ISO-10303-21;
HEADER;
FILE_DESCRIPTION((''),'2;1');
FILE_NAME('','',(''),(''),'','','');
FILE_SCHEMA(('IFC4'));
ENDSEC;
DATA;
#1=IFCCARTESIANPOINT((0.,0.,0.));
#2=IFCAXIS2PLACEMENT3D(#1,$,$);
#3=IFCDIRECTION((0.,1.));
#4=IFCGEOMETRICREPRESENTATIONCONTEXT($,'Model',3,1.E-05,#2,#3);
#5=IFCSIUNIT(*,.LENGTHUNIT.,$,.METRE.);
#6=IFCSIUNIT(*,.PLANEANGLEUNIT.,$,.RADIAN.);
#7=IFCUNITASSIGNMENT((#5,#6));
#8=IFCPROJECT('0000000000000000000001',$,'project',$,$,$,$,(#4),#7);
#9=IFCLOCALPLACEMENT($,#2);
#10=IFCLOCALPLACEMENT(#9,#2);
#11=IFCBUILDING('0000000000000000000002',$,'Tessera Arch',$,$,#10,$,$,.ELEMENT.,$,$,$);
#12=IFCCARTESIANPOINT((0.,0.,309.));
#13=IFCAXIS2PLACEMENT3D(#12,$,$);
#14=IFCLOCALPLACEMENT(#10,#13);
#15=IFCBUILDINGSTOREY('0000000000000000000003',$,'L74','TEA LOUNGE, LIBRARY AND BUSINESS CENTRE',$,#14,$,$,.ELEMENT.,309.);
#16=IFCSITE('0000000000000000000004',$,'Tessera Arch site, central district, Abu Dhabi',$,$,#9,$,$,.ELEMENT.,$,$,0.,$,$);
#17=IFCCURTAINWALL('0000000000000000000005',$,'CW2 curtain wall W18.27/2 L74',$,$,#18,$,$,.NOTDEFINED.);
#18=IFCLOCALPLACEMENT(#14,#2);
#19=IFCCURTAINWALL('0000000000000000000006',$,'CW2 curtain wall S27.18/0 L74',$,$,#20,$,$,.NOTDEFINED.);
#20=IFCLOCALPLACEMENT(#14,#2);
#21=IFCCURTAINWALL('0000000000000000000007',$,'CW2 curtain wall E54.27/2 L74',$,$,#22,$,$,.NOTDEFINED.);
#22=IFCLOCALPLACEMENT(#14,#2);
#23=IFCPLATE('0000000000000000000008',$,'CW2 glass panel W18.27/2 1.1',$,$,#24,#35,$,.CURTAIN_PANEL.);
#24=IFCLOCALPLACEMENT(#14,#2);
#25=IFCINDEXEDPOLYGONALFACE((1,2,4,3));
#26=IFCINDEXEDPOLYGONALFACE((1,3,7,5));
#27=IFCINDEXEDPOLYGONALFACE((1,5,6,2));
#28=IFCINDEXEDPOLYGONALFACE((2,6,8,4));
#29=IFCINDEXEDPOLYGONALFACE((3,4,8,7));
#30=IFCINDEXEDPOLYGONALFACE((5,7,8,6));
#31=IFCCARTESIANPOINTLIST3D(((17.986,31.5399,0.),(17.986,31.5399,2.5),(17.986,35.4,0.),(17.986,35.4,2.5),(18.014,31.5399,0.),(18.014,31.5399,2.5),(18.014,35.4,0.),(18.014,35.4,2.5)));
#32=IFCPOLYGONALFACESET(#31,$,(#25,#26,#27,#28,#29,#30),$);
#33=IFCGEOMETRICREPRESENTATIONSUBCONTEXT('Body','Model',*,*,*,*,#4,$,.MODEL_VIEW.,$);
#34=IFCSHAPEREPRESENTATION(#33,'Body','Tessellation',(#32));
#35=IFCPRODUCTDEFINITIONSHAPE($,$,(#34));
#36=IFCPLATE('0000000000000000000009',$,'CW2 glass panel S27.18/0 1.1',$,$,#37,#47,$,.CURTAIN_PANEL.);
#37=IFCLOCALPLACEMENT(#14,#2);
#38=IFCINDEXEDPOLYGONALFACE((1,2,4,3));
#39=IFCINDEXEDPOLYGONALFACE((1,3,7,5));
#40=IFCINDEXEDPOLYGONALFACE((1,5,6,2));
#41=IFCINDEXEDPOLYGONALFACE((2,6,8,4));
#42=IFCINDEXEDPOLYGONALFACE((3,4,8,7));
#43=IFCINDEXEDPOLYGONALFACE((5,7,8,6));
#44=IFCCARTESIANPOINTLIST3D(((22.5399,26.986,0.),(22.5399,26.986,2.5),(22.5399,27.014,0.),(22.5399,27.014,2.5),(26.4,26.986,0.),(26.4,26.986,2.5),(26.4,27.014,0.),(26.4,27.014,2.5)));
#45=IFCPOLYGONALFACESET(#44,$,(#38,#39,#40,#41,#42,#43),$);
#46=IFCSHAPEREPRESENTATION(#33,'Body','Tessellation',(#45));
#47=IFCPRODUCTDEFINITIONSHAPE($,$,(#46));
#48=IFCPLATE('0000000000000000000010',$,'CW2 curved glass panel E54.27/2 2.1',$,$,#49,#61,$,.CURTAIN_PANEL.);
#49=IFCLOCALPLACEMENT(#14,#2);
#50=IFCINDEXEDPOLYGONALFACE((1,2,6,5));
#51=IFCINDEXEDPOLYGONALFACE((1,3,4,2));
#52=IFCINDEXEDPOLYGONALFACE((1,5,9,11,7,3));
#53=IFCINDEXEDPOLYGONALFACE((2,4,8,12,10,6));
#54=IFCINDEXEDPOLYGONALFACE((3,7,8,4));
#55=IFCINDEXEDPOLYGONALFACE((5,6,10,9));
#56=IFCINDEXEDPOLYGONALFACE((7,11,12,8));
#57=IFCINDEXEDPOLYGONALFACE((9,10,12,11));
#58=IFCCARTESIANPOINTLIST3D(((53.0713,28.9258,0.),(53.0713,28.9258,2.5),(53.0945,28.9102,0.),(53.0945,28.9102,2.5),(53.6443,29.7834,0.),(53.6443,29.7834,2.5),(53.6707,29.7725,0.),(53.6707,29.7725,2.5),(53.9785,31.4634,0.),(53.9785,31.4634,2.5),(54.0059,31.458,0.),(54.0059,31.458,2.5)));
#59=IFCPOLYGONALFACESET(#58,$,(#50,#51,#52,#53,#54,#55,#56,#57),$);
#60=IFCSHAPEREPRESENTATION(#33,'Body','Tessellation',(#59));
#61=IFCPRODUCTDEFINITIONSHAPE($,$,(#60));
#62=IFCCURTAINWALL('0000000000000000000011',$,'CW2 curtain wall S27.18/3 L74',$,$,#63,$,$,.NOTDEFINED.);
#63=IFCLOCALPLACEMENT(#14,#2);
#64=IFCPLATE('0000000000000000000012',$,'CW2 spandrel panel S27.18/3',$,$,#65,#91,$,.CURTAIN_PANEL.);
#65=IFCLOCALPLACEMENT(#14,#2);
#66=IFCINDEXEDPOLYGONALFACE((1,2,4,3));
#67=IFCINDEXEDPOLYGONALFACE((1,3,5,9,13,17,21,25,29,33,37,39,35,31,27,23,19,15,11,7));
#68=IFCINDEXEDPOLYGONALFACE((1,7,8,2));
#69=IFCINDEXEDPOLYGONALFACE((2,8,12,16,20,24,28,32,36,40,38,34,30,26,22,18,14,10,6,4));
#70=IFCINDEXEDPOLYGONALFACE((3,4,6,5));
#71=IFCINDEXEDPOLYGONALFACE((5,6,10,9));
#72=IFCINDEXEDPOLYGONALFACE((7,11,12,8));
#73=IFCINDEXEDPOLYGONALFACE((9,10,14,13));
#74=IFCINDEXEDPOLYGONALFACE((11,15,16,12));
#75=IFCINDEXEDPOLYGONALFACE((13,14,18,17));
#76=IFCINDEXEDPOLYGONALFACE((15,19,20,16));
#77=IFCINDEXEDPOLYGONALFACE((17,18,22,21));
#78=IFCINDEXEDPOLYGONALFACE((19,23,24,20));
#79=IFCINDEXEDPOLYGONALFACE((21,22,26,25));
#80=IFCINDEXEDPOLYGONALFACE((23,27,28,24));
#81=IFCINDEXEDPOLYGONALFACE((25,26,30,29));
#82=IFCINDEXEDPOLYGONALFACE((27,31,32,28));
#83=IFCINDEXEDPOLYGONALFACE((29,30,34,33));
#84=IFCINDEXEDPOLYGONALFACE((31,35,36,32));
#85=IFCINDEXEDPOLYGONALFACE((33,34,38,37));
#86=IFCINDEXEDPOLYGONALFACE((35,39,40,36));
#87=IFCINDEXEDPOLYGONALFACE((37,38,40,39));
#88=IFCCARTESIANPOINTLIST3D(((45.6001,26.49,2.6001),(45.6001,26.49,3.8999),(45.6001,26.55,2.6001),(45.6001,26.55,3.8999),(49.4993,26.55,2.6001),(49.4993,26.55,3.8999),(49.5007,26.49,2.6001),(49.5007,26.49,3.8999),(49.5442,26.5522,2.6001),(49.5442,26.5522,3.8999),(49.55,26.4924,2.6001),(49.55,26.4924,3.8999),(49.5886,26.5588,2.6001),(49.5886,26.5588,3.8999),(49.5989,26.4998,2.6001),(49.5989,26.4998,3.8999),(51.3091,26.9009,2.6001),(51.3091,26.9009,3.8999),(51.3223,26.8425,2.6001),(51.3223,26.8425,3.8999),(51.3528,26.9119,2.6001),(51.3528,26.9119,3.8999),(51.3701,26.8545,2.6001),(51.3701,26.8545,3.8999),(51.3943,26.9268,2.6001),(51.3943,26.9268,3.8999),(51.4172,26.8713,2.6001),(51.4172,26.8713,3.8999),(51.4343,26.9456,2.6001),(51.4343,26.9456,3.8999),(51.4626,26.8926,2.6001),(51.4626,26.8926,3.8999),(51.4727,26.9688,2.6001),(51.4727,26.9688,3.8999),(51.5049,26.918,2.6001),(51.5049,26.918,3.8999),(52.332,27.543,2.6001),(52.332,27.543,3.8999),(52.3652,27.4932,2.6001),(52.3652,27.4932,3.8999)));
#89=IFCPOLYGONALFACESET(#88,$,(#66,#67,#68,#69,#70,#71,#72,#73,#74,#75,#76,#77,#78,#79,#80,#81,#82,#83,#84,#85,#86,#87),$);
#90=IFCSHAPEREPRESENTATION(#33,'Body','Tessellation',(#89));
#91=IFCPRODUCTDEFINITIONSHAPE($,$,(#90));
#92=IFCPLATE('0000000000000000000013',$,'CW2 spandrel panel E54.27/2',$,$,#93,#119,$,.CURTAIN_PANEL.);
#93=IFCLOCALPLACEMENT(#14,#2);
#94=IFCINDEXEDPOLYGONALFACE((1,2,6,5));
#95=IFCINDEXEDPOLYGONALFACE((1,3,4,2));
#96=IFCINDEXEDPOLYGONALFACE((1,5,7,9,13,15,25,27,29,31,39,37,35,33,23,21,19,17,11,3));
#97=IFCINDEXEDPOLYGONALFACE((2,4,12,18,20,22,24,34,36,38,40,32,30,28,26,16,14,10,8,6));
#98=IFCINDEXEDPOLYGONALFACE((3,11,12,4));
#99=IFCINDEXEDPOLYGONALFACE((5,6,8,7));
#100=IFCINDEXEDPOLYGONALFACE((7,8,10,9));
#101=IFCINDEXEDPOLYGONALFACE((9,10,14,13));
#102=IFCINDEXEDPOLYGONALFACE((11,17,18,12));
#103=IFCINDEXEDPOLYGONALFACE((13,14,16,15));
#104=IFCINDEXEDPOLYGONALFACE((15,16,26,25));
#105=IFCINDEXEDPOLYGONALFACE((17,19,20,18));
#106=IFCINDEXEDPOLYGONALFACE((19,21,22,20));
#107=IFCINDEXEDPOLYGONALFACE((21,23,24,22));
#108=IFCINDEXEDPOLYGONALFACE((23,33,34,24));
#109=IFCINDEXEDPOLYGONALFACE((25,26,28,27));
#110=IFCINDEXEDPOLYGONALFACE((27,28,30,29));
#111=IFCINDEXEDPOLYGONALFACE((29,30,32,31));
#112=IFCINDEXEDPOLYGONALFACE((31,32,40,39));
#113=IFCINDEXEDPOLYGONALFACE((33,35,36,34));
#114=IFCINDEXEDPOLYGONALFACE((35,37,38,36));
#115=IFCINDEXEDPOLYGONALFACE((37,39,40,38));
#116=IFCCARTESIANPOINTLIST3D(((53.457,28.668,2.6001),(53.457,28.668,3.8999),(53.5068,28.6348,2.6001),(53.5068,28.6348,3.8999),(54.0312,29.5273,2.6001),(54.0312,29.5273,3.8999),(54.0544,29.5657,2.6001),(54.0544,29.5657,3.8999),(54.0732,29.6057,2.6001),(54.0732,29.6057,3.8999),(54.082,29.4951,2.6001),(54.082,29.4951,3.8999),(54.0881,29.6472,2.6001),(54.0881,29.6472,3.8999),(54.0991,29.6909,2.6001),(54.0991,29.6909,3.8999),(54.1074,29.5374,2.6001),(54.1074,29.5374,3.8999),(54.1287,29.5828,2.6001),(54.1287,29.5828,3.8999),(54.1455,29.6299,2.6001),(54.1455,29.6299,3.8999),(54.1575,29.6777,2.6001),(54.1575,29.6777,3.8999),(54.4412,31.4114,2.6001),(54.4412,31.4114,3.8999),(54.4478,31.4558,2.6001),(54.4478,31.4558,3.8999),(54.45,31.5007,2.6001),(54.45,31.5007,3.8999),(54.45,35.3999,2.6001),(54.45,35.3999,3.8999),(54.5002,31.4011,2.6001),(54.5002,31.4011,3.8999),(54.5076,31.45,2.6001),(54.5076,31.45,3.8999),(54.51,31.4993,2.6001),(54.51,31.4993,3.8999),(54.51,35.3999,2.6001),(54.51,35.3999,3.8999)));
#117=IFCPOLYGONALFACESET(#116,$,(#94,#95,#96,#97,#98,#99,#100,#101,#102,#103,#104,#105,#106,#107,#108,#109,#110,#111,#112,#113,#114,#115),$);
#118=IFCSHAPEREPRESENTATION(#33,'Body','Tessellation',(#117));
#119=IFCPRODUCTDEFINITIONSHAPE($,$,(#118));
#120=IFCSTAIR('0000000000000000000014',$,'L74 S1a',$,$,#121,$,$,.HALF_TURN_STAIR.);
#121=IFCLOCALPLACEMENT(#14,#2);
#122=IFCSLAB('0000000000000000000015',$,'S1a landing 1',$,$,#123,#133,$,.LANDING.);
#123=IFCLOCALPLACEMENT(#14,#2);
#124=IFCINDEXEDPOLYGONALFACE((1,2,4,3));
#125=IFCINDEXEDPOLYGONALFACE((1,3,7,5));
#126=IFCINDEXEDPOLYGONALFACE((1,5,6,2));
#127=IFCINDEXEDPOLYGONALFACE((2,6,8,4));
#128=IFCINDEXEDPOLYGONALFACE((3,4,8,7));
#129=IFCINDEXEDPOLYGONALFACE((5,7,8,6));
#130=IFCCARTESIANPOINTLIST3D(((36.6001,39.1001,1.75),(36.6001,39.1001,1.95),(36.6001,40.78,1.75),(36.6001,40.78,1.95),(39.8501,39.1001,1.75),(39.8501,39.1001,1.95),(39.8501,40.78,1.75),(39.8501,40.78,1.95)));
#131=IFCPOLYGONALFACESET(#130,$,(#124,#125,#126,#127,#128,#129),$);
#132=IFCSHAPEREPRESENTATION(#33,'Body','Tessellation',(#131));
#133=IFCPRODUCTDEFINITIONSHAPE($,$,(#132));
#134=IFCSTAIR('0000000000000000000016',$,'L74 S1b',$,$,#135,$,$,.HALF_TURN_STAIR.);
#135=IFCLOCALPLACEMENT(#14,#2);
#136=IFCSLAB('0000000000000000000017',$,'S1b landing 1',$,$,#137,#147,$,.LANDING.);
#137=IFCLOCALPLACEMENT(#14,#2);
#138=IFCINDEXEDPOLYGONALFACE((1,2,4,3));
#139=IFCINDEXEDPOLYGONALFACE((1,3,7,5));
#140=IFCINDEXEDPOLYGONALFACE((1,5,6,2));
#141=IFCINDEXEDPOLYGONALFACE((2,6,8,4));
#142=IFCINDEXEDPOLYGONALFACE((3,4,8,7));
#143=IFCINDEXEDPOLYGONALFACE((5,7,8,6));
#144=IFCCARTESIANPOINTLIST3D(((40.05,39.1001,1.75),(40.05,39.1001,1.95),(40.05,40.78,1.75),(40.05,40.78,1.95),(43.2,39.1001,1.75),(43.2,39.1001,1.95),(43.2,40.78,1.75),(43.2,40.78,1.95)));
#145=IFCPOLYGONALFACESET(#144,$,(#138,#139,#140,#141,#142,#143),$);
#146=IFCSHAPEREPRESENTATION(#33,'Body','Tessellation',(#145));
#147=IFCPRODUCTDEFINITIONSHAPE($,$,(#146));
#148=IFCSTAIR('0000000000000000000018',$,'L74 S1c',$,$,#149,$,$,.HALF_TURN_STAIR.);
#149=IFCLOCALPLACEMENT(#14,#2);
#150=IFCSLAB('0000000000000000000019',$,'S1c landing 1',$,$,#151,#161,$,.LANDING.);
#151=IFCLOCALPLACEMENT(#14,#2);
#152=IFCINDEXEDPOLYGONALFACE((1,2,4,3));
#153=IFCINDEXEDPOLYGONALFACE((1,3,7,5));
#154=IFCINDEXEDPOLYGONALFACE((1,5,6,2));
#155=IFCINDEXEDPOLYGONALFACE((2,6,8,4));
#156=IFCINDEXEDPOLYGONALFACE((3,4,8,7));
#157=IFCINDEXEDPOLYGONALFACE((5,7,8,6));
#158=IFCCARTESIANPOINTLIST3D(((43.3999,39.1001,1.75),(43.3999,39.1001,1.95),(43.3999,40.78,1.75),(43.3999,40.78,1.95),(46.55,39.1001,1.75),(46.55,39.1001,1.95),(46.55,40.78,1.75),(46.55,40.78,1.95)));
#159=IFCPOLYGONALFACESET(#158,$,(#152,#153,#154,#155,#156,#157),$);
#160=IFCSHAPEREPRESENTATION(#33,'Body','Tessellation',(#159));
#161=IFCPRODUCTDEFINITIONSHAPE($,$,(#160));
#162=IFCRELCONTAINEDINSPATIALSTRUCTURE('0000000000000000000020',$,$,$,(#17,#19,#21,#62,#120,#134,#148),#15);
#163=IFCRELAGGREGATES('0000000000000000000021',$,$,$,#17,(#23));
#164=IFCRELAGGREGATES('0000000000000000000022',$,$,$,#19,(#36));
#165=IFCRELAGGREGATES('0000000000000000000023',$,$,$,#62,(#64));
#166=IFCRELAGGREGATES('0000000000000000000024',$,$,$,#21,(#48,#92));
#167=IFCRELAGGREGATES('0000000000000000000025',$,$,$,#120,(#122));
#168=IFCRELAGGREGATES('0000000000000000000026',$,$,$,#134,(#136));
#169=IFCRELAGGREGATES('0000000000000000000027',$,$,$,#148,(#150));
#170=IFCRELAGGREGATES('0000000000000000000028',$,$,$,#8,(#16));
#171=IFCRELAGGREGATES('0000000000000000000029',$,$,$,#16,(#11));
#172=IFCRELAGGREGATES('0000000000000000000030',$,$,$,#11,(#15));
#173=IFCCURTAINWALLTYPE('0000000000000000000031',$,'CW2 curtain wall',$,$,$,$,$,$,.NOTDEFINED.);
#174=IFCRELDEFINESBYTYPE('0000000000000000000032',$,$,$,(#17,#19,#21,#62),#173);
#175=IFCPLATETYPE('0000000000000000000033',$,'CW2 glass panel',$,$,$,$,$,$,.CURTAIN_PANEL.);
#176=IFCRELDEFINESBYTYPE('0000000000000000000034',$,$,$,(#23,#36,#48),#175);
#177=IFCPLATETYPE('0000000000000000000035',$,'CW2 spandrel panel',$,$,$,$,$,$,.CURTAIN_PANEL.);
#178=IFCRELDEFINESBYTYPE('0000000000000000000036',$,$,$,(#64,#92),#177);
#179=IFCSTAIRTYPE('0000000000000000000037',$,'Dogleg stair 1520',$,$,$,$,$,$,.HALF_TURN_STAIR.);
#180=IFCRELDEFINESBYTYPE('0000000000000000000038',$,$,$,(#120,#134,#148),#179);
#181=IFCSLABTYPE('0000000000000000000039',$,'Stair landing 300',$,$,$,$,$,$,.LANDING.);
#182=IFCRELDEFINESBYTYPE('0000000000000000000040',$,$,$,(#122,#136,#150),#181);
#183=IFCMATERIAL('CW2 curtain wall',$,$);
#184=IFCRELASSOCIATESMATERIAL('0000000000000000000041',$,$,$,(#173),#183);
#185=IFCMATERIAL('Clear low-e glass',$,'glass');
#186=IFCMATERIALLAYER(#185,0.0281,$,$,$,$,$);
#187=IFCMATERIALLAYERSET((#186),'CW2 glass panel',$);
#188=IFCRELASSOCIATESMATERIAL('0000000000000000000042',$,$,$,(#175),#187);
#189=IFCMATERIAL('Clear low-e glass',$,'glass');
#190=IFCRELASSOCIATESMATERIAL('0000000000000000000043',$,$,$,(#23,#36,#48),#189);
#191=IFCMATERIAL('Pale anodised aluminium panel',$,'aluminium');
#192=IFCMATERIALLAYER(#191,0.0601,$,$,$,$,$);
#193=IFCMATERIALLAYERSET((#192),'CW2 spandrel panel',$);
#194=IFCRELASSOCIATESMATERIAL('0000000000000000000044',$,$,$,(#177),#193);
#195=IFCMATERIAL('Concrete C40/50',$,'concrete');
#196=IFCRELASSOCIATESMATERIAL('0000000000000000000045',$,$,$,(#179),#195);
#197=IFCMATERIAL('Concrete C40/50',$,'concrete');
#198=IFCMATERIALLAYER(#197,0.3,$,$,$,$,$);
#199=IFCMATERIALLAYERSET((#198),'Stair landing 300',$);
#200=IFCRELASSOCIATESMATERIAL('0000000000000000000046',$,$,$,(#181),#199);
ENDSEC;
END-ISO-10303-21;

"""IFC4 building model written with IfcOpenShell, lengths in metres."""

from ifc_helpers import new_model, si_unit, direction, frame, origin, origin_2d, place, context, subcontext, project, spatial, polyline, rectangle, outline, extrude, material, layer, layer_set, type_object, element, aggregate, save


model = new_model("IFC4")

# Units and contexts
model_context = context("Model", 3, precision=1e-05, world=origin(), true_north=direction((0.0, 1.0)))
body_context = subcontext(model_context, "Body", "Model", "MODEL_VIEW")
ifc_project = project(units=[si_unit("LENGTHUNIT", "METRE"), si_unit("PLANEANGLEUNIT", "RADIAN")], contexts=[model_context])

# Site, building, storey
site_placement = place(None, origin())
site = spatial("IfcSite", under=ifc_project, at=site_placement, Name="Tessera Arch site, central district, Abu Dhabi", CompositionType="ELEMENT", RefElevation=0.0)
building_placement = place(site_placement, origin())
building = spatial("IfcBuilding", under=site, at=building_placement, Name="Tessera Arch", CompositionType="ELEMENT")
storey_placement = place(building_placement, frame((0.0, 0.0, 309.0)))
storey = spatial("IfcBuildingStorey", under=building, at=storey_placement, Name="L74", Description="TEA LOUNGE, LIBRARY AND BUSINESS CENTRE", CompositionType="ELEMENT", Elevation=309.0)

# Curtain walls
ifc_material_1 = material(Name="CW2 curtain wall")
curtain_wall_type_1 = type_object("IfcCurtainWallType", Name="CW2 curtain wall", PredefinedType="NOTDEFINED", material=ifc_material_1)
curtain_wall_1_placement = place(storey_placement, origin())
curtain_wall_1 = element("IfcCurtainWall", 1, at=curtain_wall_1_placement, inside=storey, type_object=curtain_wall_type_1, Name="CW2 curtain wall W18.27/2 L74", PredefinedType="NOTDEFINED")
curtain_wall_2_placement = place(storey_placement, origin())
curtain_wall_2 = element("IfcCurtainWall", 2, at=curtain_wall_2_placement, inside=storey, type_object=curtain_wall_type_1, Name="CW2 curtain wall S27.18/0 L74", PredefinedType="NOTDEFINED")
curtain_wall_3_placement = place(storey_placement, origin())
curtain_wall_3 = element("IfcCurtainWall", 3, at=curtain_wall_3_placement, inside=storey, type_object=curtain_wall_type_1, Name="CW2 curtain wall E54.27/2 L74", PredefinedType="NOTDEFINED")

# Plates
ifc_material_2 = material(Name="Clear low-e glass", Category="glass")
ifc_material_3 = material(Name="Clear low-e glass", Category="glass")
ifc_layer_1 = layer(ifc_material_3, 0.0281)
ifc_layer_set_1 = layer_set([ifc_layer_1], Name="CW2 glass panel")
plate_type_1 = type_object("IfcPlateType", Name="CW2 glass panel", PredefinedType="CURTAIN_PANEL", material=ifc_layer_set_1)
plate_1_placement = place(storey_placement, frame((18.0, 33.47, 0.0), z_axis=(0.0, 0.0, 1.0), x_axis=(0.0, -1.0, 0.0)))
plate_1 = element("IfcPlate", 4, at=plate_1_placement, type_object=plate_type_1, material=ifc_material_2, Name="CW2 glass panel W18.27/2 1.1", PredefinedType="CURTAIN_PANEL", context=body_context, shape_type="SweptSolid", body=[
    extrude(rectangle(XDim=3.8601, YDim=0.0281, at=origin_2d()), origin(), (0.0, 0.0, 1.0), 2.5),
])
aggregate(curtain_wall_1, [plate_1])
plate_2_placement = place(storey_placement, frame((24.47, 27.0, 0.0), z_axis=(0.0, 0.0, 1.0), x_axis=(1.0, 0.0, 0.0)))
plate_2 = element("IfcPlate", 5, at=plate_2_placement, type_object=plate_type_1, material=ifc_material_2, Name="CW2 glass panel S27.18/0 1.1", PredefinedType="CURTAIN_PANEL", context=body_context, shape_type="SweptSolid", body=[
    extrude(rectangle(XDim=3.8601, YDim=0.0281, at=origin_2d()), origin(), (0.0, 0.0, 1.0), 2.5),
])
aggregate(curtain_wall_2, [plate_2])
plate_3_placement = place(storey_placement, origin())
plate_3 = element("IfcPlate", 6, at=plate_3_placement, type_object=plate_type_1, material=ifc_material_2, Name="CW2 curved glass panel E54.27/2 2.1", PredefinedType="CURTAIN_PANEL", context=body_context, shape_type="SweptSolid", body=[
    extrude(outline(polyline([(53.6443, 29.7834), (53.0713, 28.9258), (53.0945, 28.9102), (53.6707, 29.7725), (54.0059, 31.458), (53.9785, 31.4634), (53.6443, 29.7834)])), origin(), (0.0, 0.0, 1.0), 2.5),
])

# Curtain wall, plate
curtain_wall_4_placement = place(storey_placement, origin())
curtain_wall_4 = element("IfcCurtainWall", 7, at=curtain_wall_4_placement, inside=storey, type_object=curtain_wall_type_1, Name="CW2 curtain wall S27.18/3 L74", PredefinedType="NOTDEFINED")
ifc_material_4 = material(Name="Pale anodised aluminium panel", Category="aluminium")
ifc_layer_2 = layer(ifc_material_4, 0.0601)
ifc_layer_set_2 = layer_set([ifc_layer_2], Name="CW2 spandrel panel")
plate_type_2 = type_object("IfcPlateType", Name="CW2 spandrel panel", PredefinedType="CURTAIN_PANEL", material=ifc_layer_set_2)
plate_4_placement = place(storey_placement, frame((0.0, 0.0, 2.6001)))
plate_4 = element("IfcPlate", 8, at=plate_4_placement, type_object=plate_type_2, Name="CW2 spandrel panel S27.18/3", PredefinedType="CURTAIN_PANEL", context=body_context, shape_type="SweptSolid", body=[
    extrude(outline(polyline([(49.4993, 26.55), (45.6001, 26.55), (45.6001, 26.49), (49.5007, 26.49), (49.55, 26.4924), (49.5989, 26.4998), (51.3223, 26.8425), (51.3701, 26.8545), (51.4172, 26.8713), (51.4626, 26.8926), (51.5049, 26.918), (52.3652, 27.4932), (52.332, 27.543), (51.4727, 26.9688), (51.4343, 26.9456), (51.3943, 26.9268), (51.3528, 26.9119), (51.3091, 26.9009), (49.5886, 26.5588), (49.5442, 26.5522), (49.4993, 26.55)])), origin(), (0.0, 0.0, 1.0), 1.2998),
])
aggregate(curtain_wall_4, [plate_4])

# Plate
plate_5_placement = place(storey_placement, frame((0.0, 0.0, 2.6001)))
plate_5 = element("IfcPlate", 9, at=plate_5_placement, type_object=plate_type_2, Name="CW2 spandrel panel E54.27/2", PredefinedType="CURTAIN_PANEL", context=body_context, shape_type="SweptSolid", body=[
    extrude(outline(polyline([(54.0312, 29.5273), (53.457, 28.668), (53.5068, 28.6348), (54.082, 29.4951), (54.1074, 29.5374), (54.1287, 29.5828), (54.1455, 29.6299), (54.1575, 29.6777), (54.5002, 31.4011), (54.5076, 31.45), (54.51, 31.4993), (54.51, 35.3999), (54.45, 35.3999), (54.45, 31.5007), (54.4478, 31.4558), (54.4412, 31.4114), (54.0991, 29.6909), (54.0881, 29.6472), (54.0732, 29.6057), (54.0544, 29.5657), (54.0312, 29.5273)])), origin(), (0.0, 0.0, 1.0), 1.2998),
])
aggregate(curtain_wall_3, [plate_3, plate_5])

# Stairs, slabs
ifc_material_5 = material(Name="Concrete C40/50", Category="concrete")
stair_type = type_object("IfcStairType", Name="Dogleg stair 1520", PredefinedType="HALF_TURN_STAIR", material=ifc_material_5)
stair_1_placement = place(storey_placement, origin())
stair_1 = element("IfcStair", 10, at=stair_1_placement, inside=storey, type_object=stair_type, Name="L74 S1a", PredefinedType="HALF_TURN_STAIR")
ifc_material_6 = material(Name="Concrete C40/50", Category="concrete")
ifc_layer_3 = layer(ifc_material_6, 0.3)
ifc_layer_set_3 = layer_set([ifc_layer_3], Name="Stair landing 300")
slab_type = type_object("IfcSlabType", Name="Stair landing 300", PredefinedType="LANDING", material=ifc_layer_set_3)
slab_1_placement = place(storey_placement, frame((0.0, 0.0, 1.75)))
slab_1 = element("IfcSlab", 11, at=slab_1_placement, type_object=slab_type, Name="S1a landing 1", PredefinedType="LANDING", context=body_context, shape_type="SweptSolid", body=[
    extrude(outline(polyline([(36.6001, 40.78), (36.6001, 39.1001), (39.8501, 39.1001), (39.8501, 40.78), (36.6001, 40.78)])), origin(), (0.0, 0.0, 1.0), 0.2),
])
aggregate(stair_1, [slab_1])
stair_2_placement = place(storey_placement, origin())
stair_2 = element("IfcStair", 12, at=stair_2_placement, inside=storey, type_object=stair_type, Name="L74 S1b", PredefinedType="HALF_TURN_STAIR")
slab_2_placement = place(storey_placement, frame((0.0, 0.0, 1.75)))
slab_2 = element("IfcSlab", 13, at=slab_2_placement, type_object=slab_type, Name="S1b landing 1", PredefinedType="LANDING", context=body_context, shape_type="SweptSolid", body=[
    extrude(outline(polyline([(40.05, 40.78), (40.05, 39.1001), (43.2, 39.1001), (43.2, 40.78), (40.05, 40.78)])), origin(), (0.0, 0.0, 1.0), 0.2),
])
aggregate(stair_2, [slab_2])
stair_3_placement = place(storey_placement, origin())
stair_3 = element("IfcStair", 14, at=stair_3_placement, inside=storey, type_object=stair_type, Name="L74 S1c", PredefinedType="HALF_TURN_STAIR")
slab_3_placement = place(storey_placement, frame((0.0, 0.0, 1.75)))
slab_3 = element("IfcSlab", 15, at=slab_3_placement, type_object=slab_type, Name="S1c landing 1", PredefinedType="LANDING", context=body_context, shape_type="SweptSolid", body=[
    extrude(outline(polyline([(43.3999, 40.78), (43.3999, 39.1001), (46.55, 39.1001), (46.55, 40.78), (43.3999, 40.78)])), origin(), (0.0, 0.0, 1.0), 0.2),
])
aggregate(stair_3, [slab_3])

save(model, "model.ifc")
